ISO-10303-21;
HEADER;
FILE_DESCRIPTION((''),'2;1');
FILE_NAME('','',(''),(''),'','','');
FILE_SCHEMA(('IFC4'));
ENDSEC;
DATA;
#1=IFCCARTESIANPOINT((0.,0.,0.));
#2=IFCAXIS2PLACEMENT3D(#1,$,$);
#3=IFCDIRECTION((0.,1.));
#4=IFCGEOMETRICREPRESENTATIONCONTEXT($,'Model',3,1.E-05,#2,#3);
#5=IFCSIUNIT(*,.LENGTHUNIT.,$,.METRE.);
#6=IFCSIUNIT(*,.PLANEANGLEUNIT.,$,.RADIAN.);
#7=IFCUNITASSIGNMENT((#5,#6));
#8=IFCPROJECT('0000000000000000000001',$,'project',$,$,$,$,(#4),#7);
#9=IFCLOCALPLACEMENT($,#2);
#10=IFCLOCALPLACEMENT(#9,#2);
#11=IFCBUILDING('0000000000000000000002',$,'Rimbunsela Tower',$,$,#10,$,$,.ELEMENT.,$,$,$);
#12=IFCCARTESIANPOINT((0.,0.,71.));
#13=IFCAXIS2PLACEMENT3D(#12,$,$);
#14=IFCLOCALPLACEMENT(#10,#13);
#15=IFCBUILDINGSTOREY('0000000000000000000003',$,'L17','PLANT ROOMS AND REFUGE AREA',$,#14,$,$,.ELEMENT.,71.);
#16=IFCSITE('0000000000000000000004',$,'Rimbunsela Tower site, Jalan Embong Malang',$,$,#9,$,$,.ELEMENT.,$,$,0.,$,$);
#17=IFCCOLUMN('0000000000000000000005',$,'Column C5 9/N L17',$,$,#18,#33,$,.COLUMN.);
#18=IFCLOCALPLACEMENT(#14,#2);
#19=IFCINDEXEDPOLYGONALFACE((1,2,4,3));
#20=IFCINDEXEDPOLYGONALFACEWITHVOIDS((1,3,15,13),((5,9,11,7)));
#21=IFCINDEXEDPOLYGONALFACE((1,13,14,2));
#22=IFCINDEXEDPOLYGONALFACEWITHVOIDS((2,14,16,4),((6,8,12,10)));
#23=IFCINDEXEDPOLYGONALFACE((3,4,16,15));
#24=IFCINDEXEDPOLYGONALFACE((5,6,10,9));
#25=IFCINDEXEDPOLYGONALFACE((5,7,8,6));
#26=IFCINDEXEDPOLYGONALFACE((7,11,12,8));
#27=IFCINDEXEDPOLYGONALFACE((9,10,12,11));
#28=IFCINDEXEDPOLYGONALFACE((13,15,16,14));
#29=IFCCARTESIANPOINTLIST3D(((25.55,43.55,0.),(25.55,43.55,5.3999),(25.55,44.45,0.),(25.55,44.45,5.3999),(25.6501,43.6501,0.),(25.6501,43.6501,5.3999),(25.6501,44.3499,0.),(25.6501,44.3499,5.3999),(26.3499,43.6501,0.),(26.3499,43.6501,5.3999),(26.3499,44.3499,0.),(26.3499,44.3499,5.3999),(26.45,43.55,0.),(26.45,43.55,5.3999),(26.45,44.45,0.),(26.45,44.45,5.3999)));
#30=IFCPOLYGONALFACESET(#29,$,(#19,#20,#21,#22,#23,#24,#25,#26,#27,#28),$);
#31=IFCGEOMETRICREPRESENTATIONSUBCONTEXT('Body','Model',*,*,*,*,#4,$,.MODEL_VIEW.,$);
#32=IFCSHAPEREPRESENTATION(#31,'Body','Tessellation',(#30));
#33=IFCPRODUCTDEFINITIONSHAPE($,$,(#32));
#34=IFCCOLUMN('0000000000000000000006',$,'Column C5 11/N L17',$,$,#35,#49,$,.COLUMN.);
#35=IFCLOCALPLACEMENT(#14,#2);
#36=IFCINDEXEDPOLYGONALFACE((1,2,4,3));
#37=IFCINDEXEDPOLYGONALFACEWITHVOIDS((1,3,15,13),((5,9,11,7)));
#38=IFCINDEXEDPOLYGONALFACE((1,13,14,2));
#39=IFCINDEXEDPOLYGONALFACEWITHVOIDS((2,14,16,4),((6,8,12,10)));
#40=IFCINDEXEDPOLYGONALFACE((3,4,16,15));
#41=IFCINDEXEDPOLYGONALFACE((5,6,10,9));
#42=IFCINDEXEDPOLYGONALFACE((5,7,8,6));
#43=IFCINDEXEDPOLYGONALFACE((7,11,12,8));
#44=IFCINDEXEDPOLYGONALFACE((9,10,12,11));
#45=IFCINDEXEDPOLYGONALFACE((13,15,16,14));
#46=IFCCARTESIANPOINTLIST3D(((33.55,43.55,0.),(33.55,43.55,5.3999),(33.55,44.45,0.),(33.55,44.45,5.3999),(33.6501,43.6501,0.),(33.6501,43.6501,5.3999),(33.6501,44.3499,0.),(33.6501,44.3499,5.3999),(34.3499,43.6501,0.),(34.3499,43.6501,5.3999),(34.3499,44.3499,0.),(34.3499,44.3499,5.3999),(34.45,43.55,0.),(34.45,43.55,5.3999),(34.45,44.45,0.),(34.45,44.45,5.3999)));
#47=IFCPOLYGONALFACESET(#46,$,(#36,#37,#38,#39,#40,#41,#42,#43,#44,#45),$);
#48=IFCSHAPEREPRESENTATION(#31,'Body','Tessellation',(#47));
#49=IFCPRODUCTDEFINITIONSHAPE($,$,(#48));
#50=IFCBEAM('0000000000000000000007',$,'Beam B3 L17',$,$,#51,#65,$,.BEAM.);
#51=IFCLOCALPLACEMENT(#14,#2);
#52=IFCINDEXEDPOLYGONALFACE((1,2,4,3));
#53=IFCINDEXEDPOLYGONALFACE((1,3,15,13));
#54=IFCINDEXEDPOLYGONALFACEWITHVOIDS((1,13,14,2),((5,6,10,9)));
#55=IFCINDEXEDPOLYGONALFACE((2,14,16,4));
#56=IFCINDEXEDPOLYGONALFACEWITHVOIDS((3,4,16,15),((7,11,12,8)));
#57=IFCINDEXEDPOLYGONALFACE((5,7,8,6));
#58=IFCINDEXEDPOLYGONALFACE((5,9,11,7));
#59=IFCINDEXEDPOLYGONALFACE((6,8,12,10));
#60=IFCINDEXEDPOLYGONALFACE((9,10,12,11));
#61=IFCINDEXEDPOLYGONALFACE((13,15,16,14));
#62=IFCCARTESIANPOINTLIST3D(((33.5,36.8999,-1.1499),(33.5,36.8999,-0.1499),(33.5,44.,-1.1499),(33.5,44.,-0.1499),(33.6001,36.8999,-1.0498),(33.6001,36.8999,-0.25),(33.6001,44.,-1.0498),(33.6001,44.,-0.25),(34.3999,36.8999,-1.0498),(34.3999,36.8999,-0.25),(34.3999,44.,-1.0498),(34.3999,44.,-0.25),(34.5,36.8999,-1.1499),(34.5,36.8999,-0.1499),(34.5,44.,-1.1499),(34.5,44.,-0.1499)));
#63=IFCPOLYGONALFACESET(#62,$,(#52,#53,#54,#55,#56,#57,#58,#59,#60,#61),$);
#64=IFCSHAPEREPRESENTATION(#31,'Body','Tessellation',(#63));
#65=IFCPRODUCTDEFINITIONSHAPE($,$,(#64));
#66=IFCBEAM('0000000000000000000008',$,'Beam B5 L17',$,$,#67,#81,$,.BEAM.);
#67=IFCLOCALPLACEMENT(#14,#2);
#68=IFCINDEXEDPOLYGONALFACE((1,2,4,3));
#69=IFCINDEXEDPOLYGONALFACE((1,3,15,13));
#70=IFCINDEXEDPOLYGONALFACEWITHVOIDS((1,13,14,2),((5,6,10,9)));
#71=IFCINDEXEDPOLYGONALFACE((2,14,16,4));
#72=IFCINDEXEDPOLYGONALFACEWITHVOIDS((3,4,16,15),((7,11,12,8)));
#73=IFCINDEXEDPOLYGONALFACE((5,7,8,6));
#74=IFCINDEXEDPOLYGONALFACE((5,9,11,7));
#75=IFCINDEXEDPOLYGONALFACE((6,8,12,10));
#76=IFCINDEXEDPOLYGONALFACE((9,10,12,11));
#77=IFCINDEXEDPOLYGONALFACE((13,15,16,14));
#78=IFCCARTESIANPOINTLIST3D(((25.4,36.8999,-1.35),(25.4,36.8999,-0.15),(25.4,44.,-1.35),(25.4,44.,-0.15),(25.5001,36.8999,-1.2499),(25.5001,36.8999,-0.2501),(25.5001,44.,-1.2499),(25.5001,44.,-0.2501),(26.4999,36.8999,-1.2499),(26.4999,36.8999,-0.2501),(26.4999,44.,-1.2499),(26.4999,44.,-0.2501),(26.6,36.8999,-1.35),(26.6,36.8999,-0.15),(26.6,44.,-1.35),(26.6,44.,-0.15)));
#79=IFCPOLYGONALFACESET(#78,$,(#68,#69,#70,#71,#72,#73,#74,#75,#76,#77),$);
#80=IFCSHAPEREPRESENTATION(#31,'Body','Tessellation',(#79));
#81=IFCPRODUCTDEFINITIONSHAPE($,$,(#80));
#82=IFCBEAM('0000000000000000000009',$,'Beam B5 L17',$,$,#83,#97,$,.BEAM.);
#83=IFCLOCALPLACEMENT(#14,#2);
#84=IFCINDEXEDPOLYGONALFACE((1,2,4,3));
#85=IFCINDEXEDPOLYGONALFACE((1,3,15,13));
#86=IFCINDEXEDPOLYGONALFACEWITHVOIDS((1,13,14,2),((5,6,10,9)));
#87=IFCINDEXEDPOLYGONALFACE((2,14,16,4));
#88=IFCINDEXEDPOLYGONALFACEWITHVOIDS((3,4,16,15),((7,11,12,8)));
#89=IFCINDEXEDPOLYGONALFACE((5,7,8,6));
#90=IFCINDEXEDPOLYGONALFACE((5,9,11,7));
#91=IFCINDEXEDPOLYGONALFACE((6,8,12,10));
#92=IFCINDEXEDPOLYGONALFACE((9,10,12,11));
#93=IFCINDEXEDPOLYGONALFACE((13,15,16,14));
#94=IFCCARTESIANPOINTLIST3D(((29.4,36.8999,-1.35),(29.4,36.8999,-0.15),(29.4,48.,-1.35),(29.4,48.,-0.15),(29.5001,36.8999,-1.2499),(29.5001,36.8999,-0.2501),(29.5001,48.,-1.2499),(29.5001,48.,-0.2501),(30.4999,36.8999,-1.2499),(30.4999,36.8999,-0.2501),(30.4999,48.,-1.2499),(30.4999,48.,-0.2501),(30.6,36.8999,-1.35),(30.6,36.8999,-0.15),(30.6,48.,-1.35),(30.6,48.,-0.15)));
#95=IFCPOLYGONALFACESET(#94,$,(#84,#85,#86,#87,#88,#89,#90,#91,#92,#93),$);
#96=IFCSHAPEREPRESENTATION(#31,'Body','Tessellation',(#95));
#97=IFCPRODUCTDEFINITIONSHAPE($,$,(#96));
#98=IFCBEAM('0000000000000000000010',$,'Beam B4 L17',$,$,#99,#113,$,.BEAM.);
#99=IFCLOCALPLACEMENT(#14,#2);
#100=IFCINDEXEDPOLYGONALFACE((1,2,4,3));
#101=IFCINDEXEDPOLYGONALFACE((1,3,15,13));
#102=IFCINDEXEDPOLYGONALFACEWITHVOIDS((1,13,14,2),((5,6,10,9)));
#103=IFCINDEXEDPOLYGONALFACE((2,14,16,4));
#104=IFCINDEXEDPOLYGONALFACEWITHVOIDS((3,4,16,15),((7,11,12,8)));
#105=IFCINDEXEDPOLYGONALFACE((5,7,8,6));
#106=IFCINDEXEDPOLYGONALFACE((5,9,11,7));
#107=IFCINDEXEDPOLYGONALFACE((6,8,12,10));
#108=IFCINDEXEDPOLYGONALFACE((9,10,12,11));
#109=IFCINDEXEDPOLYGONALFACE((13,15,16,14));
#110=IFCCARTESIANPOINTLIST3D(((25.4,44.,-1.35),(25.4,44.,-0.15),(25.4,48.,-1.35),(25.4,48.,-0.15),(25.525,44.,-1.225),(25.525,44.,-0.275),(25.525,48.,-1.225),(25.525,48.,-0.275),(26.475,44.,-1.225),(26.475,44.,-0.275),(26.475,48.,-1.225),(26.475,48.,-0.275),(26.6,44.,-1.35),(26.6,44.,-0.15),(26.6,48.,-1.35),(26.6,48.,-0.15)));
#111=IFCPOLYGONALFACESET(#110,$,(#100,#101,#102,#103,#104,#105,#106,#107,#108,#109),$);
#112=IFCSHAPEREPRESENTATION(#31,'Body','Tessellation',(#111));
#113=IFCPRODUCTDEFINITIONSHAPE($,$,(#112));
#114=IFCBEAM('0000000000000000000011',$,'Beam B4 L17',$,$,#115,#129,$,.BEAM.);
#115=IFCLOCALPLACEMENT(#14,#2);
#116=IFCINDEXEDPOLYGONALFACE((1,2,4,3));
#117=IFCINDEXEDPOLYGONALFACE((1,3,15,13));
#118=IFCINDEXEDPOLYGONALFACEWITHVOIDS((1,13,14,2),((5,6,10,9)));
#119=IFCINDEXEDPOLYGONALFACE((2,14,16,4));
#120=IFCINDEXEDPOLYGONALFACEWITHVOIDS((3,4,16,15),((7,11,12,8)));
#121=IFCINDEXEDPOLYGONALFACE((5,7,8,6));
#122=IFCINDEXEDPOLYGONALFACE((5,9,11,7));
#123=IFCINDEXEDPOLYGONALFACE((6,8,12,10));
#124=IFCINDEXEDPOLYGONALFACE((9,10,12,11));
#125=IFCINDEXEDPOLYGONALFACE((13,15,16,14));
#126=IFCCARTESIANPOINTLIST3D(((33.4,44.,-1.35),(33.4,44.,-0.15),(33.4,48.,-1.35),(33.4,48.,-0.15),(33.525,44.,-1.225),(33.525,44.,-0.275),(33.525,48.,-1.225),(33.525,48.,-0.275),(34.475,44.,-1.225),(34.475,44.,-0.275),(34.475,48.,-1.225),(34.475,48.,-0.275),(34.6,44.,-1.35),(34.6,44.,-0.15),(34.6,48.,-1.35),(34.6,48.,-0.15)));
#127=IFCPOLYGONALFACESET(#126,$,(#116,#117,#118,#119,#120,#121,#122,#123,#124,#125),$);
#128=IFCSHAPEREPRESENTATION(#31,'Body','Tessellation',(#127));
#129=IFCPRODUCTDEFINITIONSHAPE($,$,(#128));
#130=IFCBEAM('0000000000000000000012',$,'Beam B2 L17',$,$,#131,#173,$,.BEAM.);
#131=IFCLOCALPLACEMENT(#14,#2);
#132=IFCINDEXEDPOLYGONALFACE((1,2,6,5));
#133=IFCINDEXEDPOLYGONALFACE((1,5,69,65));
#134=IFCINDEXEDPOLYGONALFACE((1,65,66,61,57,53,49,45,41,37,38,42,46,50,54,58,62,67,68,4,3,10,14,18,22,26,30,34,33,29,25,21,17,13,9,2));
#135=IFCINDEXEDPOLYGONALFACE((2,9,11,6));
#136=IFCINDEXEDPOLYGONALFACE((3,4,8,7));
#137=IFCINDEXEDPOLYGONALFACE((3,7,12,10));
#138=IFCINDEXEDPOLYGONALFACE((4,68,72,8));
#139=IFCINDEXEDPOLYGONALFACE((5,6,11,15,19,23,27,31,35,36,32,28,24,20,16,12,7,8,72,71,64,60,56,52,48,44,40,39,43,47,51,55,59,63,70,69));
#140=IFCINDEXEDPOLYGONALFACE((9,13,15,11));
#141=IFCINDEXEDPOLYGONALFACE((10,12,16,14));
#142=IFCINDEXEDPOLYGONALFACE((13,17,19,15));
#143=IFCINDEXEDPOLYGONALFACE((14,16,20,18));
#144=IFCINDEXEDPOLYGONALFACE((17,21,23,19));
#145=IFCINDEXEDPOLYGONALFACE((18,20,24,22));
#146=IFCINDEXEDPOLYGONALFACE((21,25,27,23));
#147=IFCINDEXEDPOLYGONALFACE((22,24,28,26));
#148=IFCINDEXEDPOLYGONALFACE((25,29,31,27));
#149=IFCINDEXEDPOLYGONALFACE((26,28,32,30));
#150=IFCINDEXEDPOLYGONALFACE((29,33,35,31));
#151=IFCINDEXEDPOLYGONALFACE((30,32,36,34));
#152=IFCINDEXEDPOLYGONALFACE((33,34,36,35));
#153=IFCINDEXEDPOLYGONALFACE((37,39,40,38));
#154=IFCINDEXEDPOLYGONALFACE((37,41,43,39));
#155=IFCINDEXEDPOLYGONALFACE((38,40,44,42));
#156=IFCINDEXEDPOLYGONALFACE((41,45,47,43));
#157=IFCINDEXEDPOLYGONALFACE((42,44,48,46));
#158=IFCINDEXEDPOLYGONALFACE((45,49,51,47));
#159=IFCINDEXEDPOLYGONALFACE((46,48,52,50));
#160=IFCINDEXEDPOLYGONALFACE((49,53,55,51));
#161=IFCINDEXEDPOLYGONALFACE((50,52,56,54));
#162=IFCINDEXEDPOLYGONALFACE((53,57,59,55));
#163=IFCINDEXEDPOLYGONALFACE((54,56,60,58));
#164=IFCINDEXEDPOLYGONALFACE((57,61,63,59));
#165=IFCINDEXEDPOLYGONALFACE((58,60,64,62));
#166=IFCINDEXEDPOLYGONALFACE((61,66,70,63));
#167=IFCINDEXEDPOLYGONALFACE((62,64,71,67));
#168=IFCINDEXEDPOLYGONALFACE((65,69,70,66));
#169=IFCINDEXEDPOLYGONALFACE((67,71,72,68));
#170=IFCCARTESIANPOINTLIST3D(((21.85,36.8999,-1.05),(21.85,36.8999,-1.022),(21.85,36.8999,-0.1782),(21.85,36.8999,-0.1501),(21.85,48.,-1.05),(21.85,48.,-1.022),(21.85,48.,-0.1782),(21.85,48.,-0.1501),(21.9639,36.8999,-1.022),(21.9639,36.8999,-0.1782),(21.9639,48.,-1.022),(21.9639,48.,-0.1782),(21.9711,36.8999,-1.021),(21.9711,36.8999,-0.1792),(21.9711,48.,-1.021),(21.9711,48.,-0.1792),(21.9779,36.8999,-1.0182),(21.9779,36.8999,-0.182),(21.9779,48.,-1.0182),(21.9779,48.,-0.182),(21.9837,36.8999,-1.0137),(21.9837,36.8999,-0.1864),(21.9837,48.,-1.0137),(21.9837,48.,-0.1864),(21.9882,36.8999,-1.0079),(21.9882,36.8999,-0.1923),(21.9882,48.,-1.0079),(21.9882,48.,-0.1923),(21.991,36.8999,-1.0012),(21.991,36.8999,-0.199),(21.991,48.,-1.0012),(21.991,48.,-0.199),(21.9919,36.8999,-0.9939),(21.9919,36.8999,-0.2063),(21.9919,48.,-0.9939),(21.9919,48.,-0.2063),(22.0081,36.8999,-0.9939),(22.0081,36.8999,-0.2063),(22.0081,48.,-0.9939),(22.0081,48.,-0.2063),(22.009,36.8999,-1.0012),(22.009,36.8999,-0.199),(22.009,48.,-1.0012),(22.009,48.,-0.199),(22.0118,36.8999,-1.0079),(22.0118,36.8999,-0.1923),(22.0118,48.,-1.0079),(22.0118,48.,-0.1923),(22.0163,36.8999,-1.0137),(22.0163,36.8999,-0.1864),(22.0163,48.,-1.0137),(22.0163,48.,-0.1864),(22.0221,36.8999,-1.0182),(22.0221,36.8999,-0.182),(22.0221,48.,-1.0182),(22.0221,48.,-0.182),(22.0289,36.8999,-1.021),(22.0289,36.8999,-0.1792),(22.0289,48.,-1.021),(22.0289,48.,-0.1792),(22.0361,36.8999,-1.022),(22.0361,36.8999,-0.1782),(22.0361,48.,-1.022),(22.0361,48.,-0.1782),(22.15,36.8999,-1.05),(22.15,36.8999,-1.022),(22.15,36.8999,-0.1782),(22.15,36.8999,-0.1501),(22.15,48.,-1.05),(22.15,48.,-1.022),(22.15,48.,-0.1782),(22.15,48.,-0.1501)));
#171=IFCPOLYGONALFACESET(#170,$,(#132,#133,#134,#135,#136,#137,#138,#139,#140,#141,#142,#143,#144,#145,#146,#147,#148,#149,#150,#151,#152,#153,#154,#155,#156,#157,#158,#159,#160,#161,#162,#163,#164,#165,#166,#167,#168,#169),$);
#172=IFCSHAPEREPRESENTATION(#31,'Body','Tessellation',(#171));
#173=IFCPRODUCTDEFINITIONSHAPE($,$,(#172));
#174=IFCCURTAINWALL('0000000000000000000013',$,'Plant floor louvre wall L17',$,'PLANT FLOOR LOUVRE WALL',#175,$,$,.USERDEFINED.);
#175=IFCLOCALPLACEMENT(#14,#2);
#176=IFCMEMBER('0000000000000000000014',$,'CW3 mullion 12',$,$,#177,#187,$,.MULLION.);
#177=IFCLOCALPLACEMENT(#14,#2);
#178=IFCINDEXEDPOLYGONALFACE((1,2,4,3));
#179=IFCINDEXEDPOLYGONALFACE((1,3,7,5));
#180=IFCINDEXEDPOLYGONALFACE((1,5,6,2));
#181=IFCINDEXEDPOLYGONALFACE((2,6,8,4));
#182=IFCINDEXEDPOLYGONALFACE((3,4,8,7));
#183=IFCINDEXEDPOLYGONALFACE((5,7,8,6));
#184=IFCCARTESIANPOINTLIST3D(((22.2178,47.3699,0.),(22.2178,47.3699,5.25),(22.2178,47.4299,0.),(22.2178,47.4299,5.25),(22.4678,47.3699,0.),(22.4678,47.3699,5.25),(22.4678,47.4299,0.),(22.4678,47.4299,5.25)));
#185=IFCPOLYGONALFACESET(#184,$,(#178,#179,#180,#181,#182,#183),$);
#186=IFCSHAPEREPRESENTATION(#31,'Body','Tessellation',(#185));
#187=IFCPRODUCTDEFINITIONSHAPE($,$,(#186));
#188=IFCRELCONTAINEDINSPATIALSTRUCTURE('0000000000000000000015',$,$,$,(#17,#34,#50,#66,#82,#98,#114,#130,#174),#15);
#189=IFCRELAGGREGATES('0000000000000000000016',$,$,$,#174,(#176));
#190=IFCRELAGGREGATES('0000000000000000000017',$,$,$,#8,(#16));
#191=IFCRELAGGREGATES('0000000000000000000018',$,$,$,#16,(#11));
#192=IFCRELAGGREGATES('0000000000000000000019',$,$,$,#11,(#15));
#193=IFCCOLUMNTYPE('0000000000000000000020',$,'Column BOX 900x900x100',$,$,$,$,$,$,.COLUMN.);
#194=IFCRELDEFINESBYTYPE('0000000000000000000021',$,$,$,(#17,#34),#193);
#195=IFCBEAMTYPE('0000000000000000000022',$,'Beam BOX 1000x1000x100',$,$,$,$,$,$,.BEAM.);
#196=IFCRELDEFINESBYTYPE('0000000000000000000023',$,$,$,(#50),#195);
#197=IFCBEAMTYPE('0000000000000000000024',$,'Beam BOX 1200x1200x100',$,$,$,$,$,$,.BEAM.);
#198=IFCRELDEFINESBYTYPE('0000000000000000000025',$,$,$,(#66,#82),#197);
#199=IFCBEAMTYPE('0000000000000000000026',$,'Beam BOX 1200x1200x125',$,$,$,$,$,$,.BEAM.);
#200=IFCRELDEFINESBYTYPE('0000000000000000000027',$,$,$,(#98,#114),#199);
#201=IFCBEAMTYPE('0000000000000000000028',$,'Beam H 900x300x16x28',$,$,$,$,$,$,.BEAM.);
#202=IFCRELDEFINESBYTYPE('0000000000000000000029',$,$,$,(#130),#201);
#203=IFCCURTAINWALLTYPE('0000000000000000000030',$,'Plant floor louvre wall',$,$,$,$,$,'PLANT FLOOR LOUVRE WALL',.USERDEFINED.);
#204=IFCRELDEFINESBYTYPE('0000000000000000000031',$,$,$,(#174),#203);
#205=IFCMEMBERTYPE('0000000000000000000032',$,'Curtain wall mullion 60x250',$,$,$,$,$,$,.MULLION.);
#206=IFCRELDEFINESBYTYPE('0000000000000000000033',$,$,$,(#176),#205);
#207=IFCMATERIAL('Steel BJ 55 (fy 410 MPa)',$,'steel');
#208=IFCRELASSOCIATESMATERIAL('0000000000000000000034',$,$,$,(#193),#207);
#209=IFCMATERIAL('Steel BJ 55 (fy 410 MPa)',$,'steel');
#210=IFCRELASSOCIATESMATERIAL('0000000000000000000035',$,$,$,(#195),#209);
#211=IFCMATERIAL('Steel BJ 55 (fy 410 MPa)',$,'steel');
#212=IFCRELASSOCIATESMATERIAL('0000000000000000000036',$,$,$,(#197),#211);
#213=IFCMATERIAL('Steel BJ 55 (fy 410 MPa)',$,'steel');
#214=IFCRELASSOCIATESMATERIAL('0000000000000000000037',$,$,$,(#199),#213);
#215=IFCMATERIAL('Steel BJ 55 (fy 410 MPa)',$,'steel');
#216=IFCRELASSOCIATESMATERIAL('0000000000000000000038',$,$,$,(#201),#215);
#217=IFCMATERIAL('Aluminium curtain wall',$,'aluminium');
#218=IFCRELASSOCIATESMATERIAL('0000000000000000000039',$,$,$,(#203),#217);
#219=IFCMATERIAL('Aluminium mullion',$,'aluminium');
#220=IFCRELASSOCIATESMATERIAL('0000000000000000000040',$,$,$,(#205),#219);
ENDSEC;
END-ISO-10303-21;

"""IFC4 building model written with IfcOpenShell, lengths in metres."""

from ifc_helpers import new_model, si_unit, direction, frame, origin, origin_2d, place, context, subcontext, project, spatial, rectangle, hollow_rectangle, i_section, extrude, material, material_profile, profile_set, type_object, element, aggregate, save


model = new_model("IFC4")

# Units and contexts
model_context = context("Model", 3, precision=1e-05, world=origin(), true_north=direction((0.0, 1.0)))
body_context = subcontext(model_context, "Body", "Model", "MODEL_VIEW")
ifc_project = project(units=[si_unit("LENGTHUNIT", "METRE"), si_unit("PLANEANGLEUNIT", "RADIAN")], contexts=[model_context])

# Site, building, storey
site_placement = place(None, origin())
site = spatial("IfcSite", under=ifc_project, at=site_placement, Name="Rimbunsela Tower site, Jalan Embong Malang", CompositionType="ELEMENT", RefElevation=0.0)
building_placement = place(site_placement, origin())
building = spatial("IfcBuilding", under=site, at=building_placement, Name="Rimbunsela Tower", CompositionType="ELEMENT")
storey_placement = place(building_placement, frame((0.0, 0.0, 71.0)))
storey = spatial("IfcBuildingStorey", under=building, at=storey_placement, Name="L17", Description="PLANT ROOMS AND REFUGE AREA", CompositionType="ELEMENT", Elevation=71.0)

# Columns
ifc_material_1 = material(Name="Steel BJ 55 (fy 410 MPa)", Category="steel")
ifc_material_profile_1 = material_profile(ifc_material_1, hollow_rectangle(XDim=0.8999, YDim=0.8999, WallThickness=0.1001, at=origin_2d()), Name="BOX 900x900x100")
ifc_profile_set_1 = profile_set([ifc_material_profile_1], Name="Steel BJ 55 (fy 410 MPa)")
column_type = type_object("IfcColumnType", Name="Column BOX 900x900x100", PredefinedType="COLUMN", material=ifc_profile_set_1)
for number, where, z_axis, x_axis, name in (
    (1, (26.0, 44.0, 0.0), (0.0, 0.0, 1.0), (1.0, 0.0, 0.0), "Column C5 9/N L17"),
    (2, (34.0, 44.0, 0.0), (0.0, 0.0, 1.0), (1.0, 0.0, 0.0), "Column C5 11/N L17"),
):
    element("IfcColumn", number, at=place(storey_placement, frame(where, z_axis=z_axis, x_axis=x_axis)), inside=storey, type_object=column_type, Name=name, PredefinedType="COLUMN", context=body_context, shape_type="SweptSolid", body=[
        extrude(hollow_rectangle(XDim=0.8999, YDim=0.8999, WallThickness=0.1001, at=origin_2d()), origin(), (0.0, 0.0, 1.0), 5.3999),
    ])

# Beams
ifc_material_2 = material(Name="Steel BJ 55 (fy 410 MPa)", Category="steel")
ifc_material_profile_2 = material_profile(ifc_material_2, hollow_rectangle(XDim=1.0, YDim=1.0, WallThickness=0.1001, at=origin_2d()), Name="BOX 1000x1000x100")
ifc_profile_set_2 = profile_set([ifc_material_profile_2], Name="Steel BJ 55 (fy 410 MPa)")
beam_type_1 = type_object("IfcBeamType", Name="Beam BOX 1000x1000x100", PredefinedType="BEAM", material=ifc_profile_set_2)
beam_1_placement = place(storey_placement, frame((34.0, 36.8999, -0.6499), z_axis=(0.0, 1.0, 0.0), x_axis=(-1.0, 0.0, 0.0)))
element("IfcBeam", 3, at=beam_1_placement, inside=storey, type_object=beam_type_1, Name="Beam B3 L17", PredefinedType="BEAM", context=body_context, shape_type="SweptSolid", body=[
    extrude(hollow_rectangle(XDim=1.0, YDim=1.0, WallThickness=0.1001, at=origin_2d()), origin(), (0.0, 0.0, 1.0), 7.1001),
])
ifc_material_3 = material(Name="Steel BJ 55 (fy 410 MPa)", Category="steel")
ifc_material_profile_3 = material_profile(ifc_material_3, hollow_rectangle(XDim=1.2, YDim=1.2, WallThickness=0.1001, at=origin_2d()), Name="BOX 1200x1200x100")
ifc_profile_set_3 = profile_set([ifc_material_profile_3], Name="Steel BJ 55 (fy 410 MPa)")
beam_type_2 = type_object("IfcBeamType", Name="Beam BOX 1200x1200x100", PredefinedType="BEAM", material=ifc_profile_set_3)
beam_2_placement = place(storey_placement, frame((26.0, 36.8999, -0.75), z_axis=(0.0, 1.0, 0.0), x_axis=(-1.0, 0.0, 0.0)))
element("IfcBeam", 4, at=beam_2_placement, inside=storey, type_object=beam_type_2, Name="Beam B5 L17", PredefinedType="BEAM", context=body_context, shape_type="SweptSolid", body=[
    extrude(hollow_rectangle(XDim=1.2, YDim=1.2, WallThickness=0.1001, at=origin_2d()), origin(), (0.0, 0.0, 1.0), 7.1001),
])
beam_3_placement = place(storey_placement, frame((30.0, 36.8999, -0.75), z_axis=(0.0, 1.0, 0.0), x_axis=(-1.0, 0.0, 0.0)))
element("IfcBeam", 5, at=beam_3_placement, inside=storey, type_object=beam_type_2, Name="Beam B5 L17", PredefinedType="BEAM", context=body_context, shape_type="SweptSolid", body=[
    extrude(hollow_rectangle(XDim=1.2, YDim=1.2, WallThickness=0.1001, at=origin_2d()), origin(), (0.0, 0.0, 1.0), 11.1001),
])
ifc_material_4 = material(Name="Steel BJ 55 (fy 410 MPa)", Category="steel")
ifc_material_profile_4 = material_profile(ifc_material_4, hollow_rectangle(XDim=1.2, YDim=1.2, WallThickness=0.125, at=origin_2d()), Name="BOX 1200x1200x125")
ifc_profile_set_4 = profile_set([ifc_material_profile_4], Name="Steel BJ 55 (fy 410 MPa)")
beam_type_3 = type_object("IfcBeamType", Name="Beam BOX 1200x1200x125", PredefinedType="BEAM", material=ifc_profile_set_4)
for number, where, z_axis, x_axis, name in (
    (6, (26.0, 44.0, -0.75), (0.0, 1.0, 0.0), (-1.0, 0.0, 0.0), "Beam B4 L17"),
    (7, (34.0, 44.0, -0.75), (0.0, 1.0, 0.0), (-1.0, 0.0, 0.0), "Beam B4 L17"),
):
    element("IfcBeam", number, at=place(storey_placement, frame(where, z_axis=z_axis, x_axis=x_axis)), inside=storey, type_object=beam_type_3, Name=name, PredefinedType="BEAM", context=body_context, shape_type="SweptSolid", body=[
        extrude(hollow_rectangle(XDim=1.2, YDim=1.2, WallThickness=0.125, at=origin_2d()), origin(), (0.0, 0.0, 1.0), 4.0),
    ])
ifc_material_5 = material(Name="Steel BJ 55 (fy 410 MPa)", Category="steel")
ifc_material_profile_5 = material_profile(ifc_material_5, i_section(OverallWidth=0.3, OverallDepth=0.8999, WebThickness=0.0161, FlangeThickness=0.0281, FilletRadius=0.0281, at=origin_2d()), Name="H 900x300x16x28")
ifc_profile_set_5 = profile_set([ifc_material_profile_5], Name="Steel BJ 55 (fy 410 MPa)")
beam_type_4 = type_object("IfcBeamType", Name="Beam H 900x300x16x28", PredefinedType="BEAM", material=ifc_profile_set_5)
beam_4_placement = place(storey_placement, frame((22.0, 36.8999, -0.6001), z_axis=(0.0, 1.0, 0.0), x_axis=(-1.0, 0.0, 0.0)))
element("IfcBeam", 8, at=beam_4_placement, inside=storey, type_object=beam_type_4, Name="Beam B2 L17", PredefinedType="BEAM", context=body_context, shape_type="SweptSolid", body=[
    extrude(i_section(OverallWidth=0.3, OverallDepth=0.8999, WebThickness=0.0161, FlangeThickness=0.0281, FilletRadius=0.0281, at=origin_2d()), origin(), (0.0, 0.0, 1.0), 11.1001),
])

# Curtain wall, member
ifc_material_6 = material(Name="Aluminium curtain wall", Category="aluminium")
curtain_wall_type = type_object("IfcCurtainWallType", Name="Plant floor louvre wall", ElementType="PLANT FLOOR LOUVRE WALL", PredefinedType="USERDEFINED", material=ifc_material_6)
curtain_wall_placement = place(storey_placement, origin())
curtain_wall = element("IfcCurtainWall", 9, at=curtain_wall_placement, inside=storey, type_object=curtain_wall_type, Name="Plant floor louvre wall L17", ObjectType="PLANT FLOOR LOUVRE WALL", PredefinedType="USERDEFINED")
ifc_material_7 = material(Name="Aluminium mullion", Category="aluminium")
ifc_material_profile_6 = material_profile(ifc_material_7, rectangle(XDim=0.0601, YDim=0.25, at=origin_2d()), Name="Mullion 60x250")
ifc_profile_set_6 = profile_set([ifc_material_profile_6], Name="Aluminium mullion")
member_type_1 = type_object("IfcMemberType", Name="Curtain wall mullion 60x250", PredefinedType="MULLION", material=ifc_profile_set_6)
member_1_placement = place(storey_placement, frame((22.3428, 47.3999, 0.0), z_axis=(0.0, 0.0, 1.0), x_axis=(0.0, -1.0, 0.0)))
member_1 = element("IfcMember", 10, at=member_1_placement, type_object=member_type_1, Name="CW3 mullion 12", PredefinedType="MULLION", context=body_context, shape_type="SweptSolid", body=[
    extrude(rectangle(XDim=0.0601, YDim=0.25, at=origin_2d()), origin(), (0.0, 0.0, 1.0), 5.25),
])
aggregate(curtain_wall, [member_1])

save(model, "model.ifc")
